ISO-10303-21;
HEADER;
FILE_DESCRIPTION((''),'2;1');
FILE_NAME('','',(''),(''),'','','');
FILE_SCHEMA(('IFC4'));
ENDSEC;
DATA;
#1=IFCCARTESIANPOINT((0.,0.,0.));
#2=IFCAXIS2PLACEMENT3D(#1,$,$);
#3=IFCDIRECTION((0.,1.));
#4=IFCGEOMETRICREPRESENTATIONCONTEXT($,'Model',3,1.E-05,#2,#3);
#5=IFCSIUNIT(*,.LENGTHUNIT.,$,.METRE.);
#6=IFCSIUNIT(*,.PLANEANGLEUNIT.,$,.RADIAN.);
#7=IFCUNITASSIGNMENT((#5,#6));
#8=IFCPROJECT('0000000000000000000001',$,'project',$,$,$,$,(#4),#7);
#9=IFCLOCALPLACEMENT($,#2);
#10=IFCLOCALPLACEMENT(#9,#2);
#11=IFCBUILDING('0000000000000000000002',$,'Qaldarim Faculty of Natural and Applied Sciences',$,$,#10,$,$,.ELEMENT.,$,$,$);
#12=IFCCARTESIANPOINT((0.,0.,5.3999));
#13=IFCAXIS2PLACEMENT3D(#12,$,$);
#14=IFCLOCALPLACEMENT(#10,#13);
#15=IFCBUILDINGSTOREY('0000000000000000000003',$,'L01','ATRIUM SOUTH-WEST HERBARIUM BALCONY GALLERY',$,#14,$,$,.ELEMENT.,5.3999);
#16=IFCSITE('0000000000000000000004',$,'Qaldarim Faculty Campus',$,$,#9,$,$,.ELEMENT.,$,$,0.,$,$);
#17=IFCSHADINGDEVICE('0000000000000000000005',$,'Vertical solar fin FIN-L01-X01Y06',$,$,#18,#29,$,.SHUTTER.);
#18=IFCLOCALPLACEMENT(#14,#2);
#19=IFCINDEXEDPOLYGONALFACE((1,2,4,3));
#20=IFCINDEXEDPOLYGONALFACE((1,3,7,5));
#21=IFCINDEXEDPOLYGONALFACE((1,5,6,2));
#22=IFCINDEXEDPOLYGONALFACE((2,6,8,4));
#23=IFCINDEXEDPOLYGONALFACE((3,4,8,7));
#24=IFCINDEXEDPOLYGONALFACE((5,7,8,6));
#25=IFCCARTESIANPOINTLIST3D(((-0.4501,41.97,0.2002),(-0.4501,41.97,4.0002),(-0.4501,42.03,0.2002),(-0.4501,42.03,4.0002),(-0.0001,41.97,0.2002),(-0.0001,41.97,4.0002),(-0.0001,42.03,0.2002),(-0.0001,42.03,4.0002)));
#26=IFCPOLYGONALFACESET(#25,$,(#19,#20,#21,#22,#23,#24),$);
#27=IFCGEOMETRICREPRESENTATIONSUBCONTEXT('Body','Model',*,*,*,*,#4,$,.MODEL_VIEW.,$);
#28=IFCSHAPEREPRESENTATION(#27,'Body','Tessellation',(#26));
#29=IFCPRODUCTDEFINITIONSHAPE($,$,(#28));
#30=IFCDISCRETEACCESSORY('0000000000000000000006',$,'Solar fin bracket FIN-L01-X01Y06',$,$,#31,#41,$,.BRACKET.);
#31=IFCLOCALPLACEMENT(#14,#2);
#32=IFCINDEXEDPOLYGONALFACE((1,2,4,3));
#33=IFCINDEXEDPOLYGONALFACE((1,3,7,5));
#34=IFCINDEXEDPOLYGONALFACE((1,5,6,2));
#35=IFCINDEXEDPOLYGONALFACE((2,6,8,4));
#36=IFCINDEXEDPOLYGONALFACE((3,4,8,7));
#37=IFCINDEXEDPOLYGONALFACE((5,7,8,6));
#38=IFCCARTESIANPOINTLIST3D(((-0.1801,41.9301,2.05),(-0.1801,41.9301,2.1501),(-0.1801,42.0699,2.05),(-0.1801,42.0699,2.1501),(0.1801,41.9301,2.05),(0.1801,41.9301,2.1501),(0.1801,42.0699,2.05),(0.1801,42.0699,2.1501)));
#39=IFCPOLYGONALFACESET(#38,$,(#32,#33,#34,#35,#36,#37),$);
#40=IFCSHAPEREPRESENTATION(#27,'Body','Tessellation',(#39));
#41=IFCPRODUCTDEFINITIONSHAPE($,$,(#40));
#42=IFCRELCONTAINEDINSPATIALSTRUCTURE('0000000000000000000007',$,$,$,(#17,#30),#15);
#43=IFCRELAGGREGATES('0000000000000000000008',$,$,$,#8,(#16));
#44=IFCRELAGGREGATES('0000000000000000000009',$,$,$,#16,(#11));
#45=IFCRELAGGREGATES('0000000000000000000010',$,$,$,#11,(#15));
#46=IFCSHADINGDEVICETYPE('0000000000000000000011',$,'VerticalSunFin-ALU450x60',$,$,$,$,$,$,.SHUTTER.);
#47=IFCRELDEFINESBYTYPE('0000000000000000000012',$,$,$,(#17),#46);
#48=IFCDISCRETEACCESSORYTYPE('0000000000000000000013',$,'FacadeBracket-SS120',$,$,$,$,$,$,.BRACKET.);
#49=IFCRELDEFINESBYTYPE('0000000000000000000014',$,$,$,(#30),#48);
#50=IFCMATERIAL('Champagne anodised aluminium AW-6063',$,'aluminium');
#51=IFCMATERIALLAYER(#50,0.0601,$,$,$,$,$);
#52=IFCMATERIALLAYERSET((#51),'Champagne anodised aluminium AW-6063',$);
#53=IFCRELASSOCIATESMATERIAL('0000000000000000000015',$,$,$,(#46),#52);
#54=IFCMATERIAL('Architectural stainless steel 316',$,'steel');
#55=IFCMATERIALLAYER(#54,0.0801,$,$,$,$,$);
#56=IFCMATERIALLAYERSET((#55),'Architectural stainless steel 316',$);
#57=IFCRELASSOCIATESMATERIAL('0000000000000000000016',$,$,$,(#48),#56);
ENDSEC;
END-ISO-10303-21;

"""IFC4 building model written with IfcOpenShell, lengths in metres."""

from ifc_helpers import new_model, si_unit, direction, frame, origin, origin_2d, place, context, subcontext, project, spatial, rectangle, extrude, material, layer, layer_set, type_object, element, save


model = new_model("IFC4")

# Units and contexts
model_context = context("Model", 3, precision=1e-05, world=origin(), true_north=direction((0.0, 1.0)))
body_context = subcontext(model_context, "Body", "Model", "MODEL_VIEW")
ifc_project = project(units=[si_unit("LENGTHUNIT", "METRE"), si_unit("PLANEANGLEUNIT", "RADIAN")], contexts=[model_context])

# Site, building, storey
site_placement = place(None, origin())
site = spatial("IfcSite", under=ifc_project, at=site_placement, Name="Qaldarim Faculty Campus", CompositionType="ELEMENT", RefElevation=0.0)
building_placement = place(site_placement, origin())
building = spatial("IfcBuilding", under=site, at=building_placement, Name="Qaldarim Faculty of Natural and Applied Sciences", CompositionType="ELEMENT")
storey_placement = place(building_placement, frame((0.0, 0.0, 5.3999)))
storey = spatial("IfcBuildingStorey", under=building, at=storey_placement, Name="L01", Description="ATRIUM SOUTH-WEST HERBARIUM BALCONY GALLERY", CompositionType="ELEMENT", Elevation=5.3999)

# Shared definitions
ifc_material_1 = material(Name="Architectural stainless steel 316", Category="steel")

# Shading device
ifc_material_2 = material(Name="Champagne anodised aluminium AW-6063", Category="aluminium")
ifc_layer_1 = layer(ifc_material_2, 0.0601)
ifc_layer_set_1 = layer_set([ifc_layer_1], Name="Champagne anodised aluminium AW-6063")
shading_device_type = type_object("IfcShadingDeviceType", Name="VerticalSunFin-ALU450x60", PredefinedType="SHUTTER", material=ifc_layer_set_1)
shading_device_placement = place(storey_placement, frame((-0.2251, 42.0, 0.2002), z_axis=(0.0, 0.0, 1.0), x_axis=(1.0, 0.0, 0.0)))
element("IfcShadingDevice", 1, at=shading_device_placement, inside=storey, type_object=shading_device_type, Name="Vertical solar fin FIN-L01-X01Y06", PredefinedType="SHUTTER", context=body_context, shape_type="SweptSolid", body=[
    extrude(rectangle(XDim=0.45, YDim=0.0601, at=origin_2d()), origin(), (0.0, 0.0, 1.0), 3.8),
])

# Discrete accessory
ifc_layer_2 = layer(ifc_material_1, 0.0801)
ifc_layer_set_2 = layer_set([ifc_layer_2], Name="Architectural stainless steel 316")
discrete_accessory_type = type_object("IfcDiscreteAccessoryType", Name="FacadeBracket-SS120", PredefinedType="BRACKET", material=ifc_layer_set_2)
discrete_accessory_placement = place(storey_placement, frame((0.0, 42.0, 2.05), z_axis=(0.0, 0.0, 1.0), x_axis=(1.0, 0.0, 0.0)))
element("IfcDiscreteAccessory", 2, at=discrete_accessory_placement, inside=storey, type_object=discrete_accessory_type, Name="Solar fin bracket FIN-L01-X01Y06", PredefinedType="BRACKET", context=body_context, shape_type="SweptSolid", body=[
    extrude(rectangle(XDim=0.3601, YDim=0.1399, at=origin_2d()), origin(), (0.0, 0.0, 1.0), 0.1001),
])

save(model, "model.ifc")
